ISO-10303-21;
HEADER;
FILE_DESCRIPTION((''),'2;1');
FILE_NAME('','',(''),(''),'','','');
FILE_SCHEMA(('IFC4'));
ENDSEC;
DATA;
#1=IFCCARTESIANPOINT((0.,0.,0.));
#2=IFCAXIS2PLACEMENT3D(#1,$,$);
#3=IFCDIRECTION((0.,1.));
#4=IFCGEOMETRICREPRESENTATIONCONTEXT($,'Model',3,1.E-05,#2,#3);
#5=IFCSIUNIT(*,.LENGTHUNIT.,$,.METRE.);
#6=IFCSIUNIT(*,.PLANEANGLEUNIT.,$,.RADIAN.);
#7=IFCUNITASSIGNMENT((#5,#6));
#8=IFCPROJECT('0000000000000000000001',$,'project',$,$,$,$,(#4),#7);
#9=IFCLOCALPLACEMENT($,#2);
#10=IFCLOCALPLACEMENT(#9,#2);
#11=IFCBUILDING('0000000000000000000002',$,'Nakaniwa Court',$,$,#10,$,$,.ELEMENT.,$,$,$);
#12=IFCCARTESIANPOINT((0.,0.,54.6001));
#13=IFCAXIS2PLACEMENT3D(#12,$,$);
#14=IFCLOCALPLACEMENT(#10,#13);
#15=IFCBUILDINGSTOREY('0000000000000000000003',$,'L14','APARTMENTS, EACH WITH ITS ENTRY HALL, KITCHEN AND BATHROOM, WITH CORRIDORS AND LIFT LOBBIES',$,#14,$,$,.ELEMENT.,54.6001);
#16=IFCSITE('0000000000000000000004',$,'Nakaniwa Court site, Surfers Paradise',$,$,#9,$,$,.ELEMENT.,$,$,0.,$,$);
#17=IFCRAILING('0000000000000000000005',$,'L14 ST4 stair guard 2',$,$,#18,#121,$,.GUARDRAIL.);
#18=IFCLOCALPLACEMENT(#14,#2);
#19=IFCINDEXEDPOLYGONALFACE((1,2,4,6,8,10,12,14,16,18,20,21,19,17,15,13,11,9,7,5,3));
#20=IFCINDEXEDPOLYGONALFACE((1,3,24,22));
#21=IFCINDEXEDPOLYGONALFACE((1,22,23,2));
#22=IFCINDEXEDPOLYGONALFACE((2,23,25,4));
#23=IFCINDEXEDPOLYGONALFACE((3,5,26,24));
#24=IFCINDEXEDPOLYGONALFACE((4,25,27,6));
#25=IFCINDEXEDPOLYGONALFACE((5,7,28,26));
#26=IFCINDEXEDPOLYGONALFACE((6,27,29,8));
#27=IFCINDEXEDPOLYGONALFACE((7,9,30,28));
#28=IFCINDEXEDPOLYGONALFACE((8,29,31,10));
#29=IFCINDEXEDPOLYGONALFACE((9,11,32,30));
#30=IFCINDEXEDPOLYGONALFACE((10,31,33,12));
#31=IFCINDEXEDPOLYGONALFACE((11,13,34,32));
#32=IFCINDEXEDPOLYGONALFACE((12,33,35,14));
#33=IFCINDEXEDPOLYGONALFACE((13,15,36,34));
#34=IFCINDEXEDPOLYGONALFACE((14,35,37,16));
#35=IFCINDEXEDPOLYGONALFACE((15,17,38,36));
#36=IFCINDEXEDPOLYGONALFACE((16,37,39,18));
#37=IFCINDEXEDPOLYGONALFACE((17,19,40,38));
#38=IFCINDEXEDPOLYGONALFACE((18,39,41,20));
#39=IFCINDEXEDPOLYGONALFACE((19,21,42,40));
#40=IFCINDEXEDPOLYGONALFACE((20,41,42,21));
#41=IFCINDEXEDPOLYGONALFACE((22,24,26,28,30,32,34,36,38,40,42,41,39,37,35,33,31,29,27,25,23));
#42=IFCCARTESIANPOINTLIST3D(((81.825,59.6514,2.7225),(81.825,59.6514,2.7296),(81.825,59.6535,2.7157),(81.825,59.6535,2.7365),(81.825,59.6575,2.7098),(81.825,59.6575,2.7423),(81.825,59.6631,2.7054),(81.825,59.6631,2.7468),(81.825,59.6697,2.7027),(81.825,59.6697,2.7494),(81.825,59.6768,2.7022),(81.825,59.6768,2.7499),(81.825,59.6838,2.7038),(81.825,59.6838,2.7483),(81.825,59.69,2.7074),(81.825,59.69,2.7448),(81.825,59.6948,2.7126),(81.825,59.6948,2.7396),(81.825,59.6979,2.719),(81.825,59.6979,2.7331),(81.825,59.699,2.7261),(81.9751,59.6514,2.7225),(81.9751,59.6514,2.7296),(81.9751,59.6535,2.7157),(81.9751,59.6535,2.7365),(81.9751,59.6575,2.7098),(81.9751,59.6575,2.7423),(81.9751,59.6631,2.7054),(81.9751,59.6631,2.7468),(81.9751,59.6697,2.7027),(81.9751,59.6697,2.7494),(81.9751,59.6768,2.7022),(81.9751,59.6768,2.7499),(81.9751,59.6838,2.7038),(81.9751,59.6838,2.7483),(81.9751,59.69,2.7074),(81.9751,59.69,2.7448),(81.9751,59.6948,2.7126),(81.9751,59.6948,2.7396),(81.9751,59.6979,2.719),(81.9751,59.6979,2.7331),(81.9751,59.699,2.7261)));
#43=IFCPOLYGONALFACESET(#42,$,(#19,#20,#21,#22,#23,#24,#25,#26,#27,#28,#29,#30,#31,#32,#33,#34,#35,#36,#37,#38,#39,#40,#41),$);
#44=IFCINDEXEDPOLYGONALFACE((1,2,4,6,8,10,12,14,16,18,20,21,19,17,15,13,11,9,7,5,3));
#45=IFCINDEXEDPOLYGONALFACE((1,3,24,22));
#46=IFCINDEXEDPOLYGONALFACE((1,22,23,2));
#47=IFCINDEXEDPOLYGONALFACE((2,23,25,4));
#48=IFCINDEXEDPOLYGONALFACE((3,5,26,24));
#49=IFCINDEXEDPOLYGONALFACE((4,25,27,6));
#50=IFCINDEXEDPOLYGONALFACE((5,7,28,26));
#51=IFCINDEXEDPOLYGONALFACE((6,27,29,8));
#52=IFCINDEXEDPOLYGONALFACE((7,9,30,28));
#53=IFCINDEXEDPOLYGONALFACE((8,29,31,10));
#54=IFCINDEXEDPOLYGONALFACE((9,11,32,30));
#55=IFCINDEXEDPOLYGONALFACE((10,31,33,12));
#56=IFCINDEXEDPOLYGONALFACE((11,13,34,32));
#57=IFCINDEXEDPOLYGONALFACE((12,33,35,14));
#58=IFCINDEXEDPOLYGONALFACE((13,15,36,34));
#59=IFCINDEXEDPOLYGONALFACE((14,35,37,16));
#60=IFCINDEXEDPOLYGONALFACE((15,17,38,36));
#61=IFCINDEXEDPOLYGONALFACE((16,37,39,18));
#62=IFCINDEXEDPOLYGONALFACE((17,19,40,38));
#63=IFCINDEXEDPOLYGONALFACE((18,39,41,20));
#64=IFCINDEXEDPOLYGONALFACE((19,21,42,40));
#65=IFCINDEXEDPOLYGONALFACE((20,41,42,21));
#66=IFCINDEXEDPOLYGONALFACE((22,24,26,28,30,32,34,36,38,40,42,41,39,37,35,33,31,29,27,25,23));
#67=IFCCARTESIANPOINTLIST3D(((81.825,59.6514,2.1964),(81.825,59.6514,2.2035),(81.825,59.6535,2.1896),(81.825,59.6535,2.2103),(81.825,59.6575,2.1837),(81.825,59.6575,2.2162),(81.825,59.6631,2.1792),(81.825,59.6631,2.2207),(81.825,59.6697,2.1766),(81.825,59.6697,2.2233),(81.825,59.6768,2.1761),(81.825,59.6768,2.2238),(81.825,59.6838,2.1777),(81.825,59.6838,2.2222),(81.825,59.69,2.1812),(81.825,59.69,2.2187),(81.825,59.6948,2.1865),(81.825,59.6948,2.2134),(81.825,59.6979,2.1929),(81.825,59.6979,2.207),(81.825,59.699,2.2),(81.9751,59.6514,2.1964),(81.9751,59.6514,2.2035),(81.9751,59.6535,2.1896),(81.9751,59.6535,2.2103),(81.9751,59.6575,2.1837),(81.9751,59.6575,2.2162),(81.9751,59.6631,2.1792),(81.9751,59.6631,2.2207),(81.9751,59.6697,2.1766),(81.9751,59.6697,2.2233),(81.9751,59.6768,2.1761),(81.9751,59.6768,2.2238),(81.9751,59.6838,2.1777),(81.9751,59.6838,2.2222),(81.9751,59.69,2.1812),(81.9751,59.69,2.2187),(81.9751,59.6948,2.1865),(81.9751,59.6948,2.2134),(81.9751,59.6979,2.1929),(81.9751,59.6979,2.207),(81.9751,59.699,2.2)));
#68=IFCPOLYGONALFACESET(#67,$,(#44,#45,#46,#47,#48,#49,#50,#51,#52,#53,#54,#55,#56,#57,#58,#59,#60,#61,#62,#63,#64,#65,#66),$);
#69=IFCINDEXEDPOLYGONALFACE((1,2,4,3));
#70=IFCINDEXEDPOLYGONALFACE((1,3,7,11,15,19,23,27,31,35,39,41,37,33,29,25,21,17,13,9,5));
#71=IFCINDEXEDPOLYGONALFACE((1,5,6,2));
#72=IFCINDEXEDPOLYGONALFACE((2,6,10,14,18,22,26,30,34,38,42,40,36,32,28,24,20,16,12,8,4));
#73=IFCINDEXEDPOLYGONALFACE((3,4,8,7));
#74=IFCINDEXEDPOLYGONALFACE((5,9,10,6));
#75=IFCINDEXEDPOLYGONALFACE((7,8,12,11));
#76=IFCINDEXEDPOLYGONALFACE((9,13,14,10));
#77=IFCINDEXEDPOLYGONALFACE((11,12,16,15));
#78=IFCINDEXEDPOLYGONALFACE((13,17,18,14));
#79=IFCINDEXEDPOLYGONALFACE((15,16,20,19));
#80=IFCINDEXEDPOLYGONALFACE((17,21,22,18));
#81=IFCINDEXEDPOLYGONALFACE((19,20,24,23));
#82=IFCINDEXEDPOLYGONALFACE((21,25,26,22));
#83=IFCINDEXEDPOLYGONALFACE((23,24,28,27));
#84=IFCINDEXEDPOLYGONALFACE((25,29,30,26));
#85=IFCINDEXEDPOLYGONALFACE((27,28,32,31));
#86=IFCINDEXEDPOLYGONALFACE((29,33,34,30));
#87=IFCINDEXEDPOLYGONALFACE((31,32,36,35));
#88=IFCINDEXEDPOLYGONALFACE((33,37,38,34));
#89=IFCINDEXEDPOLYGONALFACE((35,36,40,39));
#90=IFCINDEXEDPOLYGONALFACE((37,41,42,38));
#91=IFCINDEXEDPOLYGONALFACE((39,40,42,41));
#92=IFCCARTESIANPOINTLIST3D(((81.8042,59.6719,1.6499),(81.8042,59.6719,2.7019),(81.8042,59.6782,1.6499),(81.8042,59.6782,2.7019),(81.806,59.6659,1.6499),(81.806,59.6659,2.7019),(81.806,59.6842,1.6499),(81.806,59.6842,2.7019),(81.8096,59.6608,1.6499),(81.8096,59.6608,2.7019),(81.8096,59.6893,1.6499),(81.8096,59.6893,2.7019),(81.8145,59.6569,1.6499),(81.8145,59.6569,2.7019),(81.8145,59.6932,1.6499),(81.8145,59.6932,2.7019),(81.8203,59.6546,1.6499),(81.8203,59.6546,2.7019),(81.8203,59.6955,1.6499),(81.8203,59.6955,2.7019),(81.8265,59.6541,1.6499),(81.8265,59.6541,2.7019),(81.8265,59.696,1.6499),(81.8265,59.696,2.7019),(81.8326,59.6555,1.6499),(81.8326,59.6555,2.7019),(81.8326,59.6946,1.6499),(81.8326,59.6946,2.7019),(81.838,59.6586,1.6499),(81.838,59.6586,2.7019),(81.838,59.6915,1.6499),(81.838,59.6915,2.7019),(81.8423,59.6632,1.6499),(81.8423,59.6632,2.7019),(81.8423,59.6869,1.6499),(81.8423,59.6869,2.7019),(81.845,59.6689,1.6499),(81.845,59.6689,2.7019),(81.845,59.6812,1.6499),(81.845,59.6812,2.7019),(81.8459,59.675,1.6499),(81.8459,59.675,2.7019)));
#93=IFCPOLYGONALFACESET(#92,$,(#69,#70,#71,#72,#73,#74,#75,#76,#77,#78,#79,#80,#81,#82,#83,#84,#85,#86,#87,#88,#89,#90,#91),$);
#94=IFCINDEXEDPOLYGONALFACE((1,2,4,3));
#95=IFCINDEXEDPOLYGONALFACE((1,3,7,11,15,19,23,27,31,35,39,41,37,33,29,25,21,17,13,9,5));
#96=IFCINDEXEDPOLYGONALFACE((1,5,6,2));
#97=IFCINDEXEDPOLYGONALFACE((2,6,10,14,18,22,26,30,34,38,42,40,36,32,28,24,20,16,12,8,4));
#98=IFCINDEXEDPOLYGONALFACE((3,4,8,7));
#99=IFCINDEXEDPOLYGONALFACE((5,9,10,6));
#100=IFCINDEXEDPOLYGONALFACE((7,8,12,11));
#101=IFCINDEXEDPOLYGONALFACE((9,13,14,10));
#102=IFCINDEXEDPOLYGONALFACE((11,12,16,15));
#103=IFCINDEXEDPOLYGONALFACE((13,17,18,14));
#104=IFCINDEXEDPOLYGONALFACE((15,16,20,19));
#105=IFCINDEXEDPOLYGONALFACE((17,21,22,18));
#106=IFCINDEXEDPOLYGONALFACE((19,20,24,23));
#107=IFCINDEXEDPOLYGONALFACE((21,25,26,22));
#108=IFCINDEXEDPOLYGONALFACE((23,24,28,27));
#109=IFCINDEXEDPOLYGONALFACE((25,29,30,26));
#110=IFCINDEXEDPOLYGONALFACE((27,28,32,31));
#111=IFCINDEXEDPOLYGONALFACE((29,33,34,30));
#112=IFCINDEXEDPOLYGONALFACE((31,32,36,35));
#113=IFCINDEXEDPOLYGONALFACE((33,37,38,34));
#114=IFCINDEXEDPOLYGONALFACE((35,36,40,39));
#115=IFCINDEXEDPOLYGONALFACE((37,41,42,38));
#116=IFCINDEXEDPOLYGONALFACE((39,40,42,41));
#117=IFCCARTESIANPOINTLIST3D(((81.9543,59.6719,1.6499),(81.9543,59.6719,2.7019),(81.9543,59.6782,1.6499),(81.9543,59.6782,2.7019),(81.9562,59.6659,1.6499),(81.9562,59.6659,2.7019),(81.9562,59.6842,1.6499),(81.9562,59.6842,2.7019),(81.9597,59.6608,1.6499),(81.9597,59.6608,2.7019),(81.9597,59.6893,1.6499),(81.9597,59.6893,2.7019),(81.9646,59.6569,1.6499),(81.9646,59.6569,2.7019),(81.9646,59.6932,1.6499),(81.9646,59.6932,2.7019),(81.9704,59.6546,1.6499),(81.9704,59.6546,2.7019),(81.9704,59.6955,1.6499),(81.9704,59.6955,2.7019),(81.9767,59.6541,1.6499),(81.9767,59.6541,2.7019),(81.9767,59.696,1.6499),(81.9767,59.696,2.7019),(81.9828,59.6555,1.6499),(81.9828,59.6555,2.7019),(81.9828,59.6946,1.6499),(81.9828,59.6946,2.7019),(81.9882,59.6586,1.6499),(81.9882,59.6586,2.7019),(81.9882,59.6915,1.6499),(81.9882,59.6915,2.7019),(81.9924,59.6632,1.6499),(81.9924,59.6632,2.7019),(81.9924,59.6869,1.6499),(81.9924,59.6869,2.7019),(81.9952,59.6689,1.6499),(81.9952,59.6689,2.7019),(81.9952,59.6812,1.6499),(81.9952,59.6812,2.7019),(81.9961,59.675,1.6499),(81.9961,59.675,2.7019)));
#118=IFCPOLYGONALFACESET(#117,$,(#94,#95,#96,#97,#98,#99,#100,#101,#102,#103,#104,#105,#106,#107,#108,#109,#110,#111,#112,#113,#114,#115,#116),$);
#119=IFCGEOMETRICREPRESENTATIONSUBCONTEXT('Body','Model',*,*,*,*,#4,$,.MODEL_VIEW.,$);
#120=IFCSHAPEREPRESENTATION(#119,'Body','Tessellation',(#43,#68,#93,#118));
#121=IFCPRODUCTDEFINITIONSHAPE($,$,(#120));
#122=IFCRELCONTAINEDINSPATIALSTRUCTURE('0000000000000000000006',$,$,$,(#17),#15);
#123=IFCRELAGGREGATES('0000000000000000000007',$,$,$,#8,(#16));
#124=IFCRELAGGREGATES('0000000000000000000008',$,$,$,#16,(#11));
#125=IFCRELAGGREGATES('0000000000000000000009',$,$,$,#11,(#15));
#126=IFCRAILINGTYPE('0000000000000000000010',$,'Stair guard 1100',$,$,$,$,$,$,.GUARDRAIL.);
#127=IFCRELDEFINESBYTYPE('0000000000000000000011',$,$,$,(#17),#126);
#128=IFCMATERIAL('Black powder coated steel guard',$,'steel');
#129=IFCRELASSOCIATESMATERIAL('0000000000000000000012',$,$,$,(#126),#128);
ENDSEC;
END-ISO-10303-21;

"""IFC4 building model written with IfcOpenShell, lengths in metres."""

from ifc_helpers import new_model, si_unit, direction, frame, origin, origin_2d, place, context, subcontext, project, spatial, circle, extrude, material, type_object, element, save


model = new_model("IFC4")

# Units and contexts
model_context = context("Model", 3, precision=1e-05, world=origin(), true_north=direction((0.0, 1.0)))
body_context = subcontext(model_context, "Body", "Model", "MODEL_VIEW")
ifc_project = project(units=[si_unit("LENGTHUNIT", "METRE"), si_unit("PLANEANGLEUNIT", "RADIAN")], contexts=[model_context])

# Site, building, storey
site_placement = place(None, origin())
site = spatial("IfcSite", under=ifc_project, at=site_placement, Name="Nakaniwa Court site, Surfers Paradise", CompositionType="ELEMENT", RefElevation=0.0)
building_placement = place(site_placement, origin())
building = spatial("IfcBuilding", under=site, at=building_placement, Name="Nakaniwa Court", CompositionType="ELEMENT")
storey_placement = place(building_placement, frame((0.0, 0.0, 54.6001)))
storey = spatial("IfcBuildingStorey", under=building, at=storey_placement, Name="L14", Description="APARTMENTS, EACH WITH ITS ENTRY HALL, KITCHEN AND BATHROOM, WITH CORRIDORS AND LIFT LOBBIES", CompositionType="ELEMENT", Elevation=54.6001)

# Railing
ifc_material_1 = material(Name="Black powder coated steel guard", Category="steel")
railing_type_1 = type_object("IfcRailingType", Name="Stair guard 1100", PredefinedType="GUARDRAIL", material=ifc_material_1)
railing_1_placement = place(storey_placement, frame((81.825, 59.675, 1.6499)))
element("IfcRailing", 1, at=railing_1_placement, inside=storey, type_object=railing_type_1, Name="L14 ST4 stair guard 2", PredefinedType="GUARDRAIL", context=body_context, shape_type="SweptSolid", body=[
    extrude(circle(Radius=0.0239, at=origin_2d()), frame((0.0, 0.0, 1.0762), z_axis=(1.0, 0.0, 0.0), x_axis=(0.0, 1.0, 0.0)), (0.0, 0.0, 1.0), 0.1501),
    extrude(circle(Radius=0.0239, at=origin_2d()), frame((0.0, 0.0, 0.55), z_axis=(1.0, 0.0, 0.0), x_axis=(0.0, 1.0, 0.0)), (0.0, 0.0, 1.0), 0.1501),
    extrude(circle(Radius=0.021, at=origin_2d()), origin(), (0.0, 0.0, 1.0), 1.052),
    extrude(circle(Radius=0.021, at=origin_2d()), frame((0.1501, 0.0, 0.0)), (0.0, 0.0, 1.0), 1.052),
])

save(model, "model.ifc")
